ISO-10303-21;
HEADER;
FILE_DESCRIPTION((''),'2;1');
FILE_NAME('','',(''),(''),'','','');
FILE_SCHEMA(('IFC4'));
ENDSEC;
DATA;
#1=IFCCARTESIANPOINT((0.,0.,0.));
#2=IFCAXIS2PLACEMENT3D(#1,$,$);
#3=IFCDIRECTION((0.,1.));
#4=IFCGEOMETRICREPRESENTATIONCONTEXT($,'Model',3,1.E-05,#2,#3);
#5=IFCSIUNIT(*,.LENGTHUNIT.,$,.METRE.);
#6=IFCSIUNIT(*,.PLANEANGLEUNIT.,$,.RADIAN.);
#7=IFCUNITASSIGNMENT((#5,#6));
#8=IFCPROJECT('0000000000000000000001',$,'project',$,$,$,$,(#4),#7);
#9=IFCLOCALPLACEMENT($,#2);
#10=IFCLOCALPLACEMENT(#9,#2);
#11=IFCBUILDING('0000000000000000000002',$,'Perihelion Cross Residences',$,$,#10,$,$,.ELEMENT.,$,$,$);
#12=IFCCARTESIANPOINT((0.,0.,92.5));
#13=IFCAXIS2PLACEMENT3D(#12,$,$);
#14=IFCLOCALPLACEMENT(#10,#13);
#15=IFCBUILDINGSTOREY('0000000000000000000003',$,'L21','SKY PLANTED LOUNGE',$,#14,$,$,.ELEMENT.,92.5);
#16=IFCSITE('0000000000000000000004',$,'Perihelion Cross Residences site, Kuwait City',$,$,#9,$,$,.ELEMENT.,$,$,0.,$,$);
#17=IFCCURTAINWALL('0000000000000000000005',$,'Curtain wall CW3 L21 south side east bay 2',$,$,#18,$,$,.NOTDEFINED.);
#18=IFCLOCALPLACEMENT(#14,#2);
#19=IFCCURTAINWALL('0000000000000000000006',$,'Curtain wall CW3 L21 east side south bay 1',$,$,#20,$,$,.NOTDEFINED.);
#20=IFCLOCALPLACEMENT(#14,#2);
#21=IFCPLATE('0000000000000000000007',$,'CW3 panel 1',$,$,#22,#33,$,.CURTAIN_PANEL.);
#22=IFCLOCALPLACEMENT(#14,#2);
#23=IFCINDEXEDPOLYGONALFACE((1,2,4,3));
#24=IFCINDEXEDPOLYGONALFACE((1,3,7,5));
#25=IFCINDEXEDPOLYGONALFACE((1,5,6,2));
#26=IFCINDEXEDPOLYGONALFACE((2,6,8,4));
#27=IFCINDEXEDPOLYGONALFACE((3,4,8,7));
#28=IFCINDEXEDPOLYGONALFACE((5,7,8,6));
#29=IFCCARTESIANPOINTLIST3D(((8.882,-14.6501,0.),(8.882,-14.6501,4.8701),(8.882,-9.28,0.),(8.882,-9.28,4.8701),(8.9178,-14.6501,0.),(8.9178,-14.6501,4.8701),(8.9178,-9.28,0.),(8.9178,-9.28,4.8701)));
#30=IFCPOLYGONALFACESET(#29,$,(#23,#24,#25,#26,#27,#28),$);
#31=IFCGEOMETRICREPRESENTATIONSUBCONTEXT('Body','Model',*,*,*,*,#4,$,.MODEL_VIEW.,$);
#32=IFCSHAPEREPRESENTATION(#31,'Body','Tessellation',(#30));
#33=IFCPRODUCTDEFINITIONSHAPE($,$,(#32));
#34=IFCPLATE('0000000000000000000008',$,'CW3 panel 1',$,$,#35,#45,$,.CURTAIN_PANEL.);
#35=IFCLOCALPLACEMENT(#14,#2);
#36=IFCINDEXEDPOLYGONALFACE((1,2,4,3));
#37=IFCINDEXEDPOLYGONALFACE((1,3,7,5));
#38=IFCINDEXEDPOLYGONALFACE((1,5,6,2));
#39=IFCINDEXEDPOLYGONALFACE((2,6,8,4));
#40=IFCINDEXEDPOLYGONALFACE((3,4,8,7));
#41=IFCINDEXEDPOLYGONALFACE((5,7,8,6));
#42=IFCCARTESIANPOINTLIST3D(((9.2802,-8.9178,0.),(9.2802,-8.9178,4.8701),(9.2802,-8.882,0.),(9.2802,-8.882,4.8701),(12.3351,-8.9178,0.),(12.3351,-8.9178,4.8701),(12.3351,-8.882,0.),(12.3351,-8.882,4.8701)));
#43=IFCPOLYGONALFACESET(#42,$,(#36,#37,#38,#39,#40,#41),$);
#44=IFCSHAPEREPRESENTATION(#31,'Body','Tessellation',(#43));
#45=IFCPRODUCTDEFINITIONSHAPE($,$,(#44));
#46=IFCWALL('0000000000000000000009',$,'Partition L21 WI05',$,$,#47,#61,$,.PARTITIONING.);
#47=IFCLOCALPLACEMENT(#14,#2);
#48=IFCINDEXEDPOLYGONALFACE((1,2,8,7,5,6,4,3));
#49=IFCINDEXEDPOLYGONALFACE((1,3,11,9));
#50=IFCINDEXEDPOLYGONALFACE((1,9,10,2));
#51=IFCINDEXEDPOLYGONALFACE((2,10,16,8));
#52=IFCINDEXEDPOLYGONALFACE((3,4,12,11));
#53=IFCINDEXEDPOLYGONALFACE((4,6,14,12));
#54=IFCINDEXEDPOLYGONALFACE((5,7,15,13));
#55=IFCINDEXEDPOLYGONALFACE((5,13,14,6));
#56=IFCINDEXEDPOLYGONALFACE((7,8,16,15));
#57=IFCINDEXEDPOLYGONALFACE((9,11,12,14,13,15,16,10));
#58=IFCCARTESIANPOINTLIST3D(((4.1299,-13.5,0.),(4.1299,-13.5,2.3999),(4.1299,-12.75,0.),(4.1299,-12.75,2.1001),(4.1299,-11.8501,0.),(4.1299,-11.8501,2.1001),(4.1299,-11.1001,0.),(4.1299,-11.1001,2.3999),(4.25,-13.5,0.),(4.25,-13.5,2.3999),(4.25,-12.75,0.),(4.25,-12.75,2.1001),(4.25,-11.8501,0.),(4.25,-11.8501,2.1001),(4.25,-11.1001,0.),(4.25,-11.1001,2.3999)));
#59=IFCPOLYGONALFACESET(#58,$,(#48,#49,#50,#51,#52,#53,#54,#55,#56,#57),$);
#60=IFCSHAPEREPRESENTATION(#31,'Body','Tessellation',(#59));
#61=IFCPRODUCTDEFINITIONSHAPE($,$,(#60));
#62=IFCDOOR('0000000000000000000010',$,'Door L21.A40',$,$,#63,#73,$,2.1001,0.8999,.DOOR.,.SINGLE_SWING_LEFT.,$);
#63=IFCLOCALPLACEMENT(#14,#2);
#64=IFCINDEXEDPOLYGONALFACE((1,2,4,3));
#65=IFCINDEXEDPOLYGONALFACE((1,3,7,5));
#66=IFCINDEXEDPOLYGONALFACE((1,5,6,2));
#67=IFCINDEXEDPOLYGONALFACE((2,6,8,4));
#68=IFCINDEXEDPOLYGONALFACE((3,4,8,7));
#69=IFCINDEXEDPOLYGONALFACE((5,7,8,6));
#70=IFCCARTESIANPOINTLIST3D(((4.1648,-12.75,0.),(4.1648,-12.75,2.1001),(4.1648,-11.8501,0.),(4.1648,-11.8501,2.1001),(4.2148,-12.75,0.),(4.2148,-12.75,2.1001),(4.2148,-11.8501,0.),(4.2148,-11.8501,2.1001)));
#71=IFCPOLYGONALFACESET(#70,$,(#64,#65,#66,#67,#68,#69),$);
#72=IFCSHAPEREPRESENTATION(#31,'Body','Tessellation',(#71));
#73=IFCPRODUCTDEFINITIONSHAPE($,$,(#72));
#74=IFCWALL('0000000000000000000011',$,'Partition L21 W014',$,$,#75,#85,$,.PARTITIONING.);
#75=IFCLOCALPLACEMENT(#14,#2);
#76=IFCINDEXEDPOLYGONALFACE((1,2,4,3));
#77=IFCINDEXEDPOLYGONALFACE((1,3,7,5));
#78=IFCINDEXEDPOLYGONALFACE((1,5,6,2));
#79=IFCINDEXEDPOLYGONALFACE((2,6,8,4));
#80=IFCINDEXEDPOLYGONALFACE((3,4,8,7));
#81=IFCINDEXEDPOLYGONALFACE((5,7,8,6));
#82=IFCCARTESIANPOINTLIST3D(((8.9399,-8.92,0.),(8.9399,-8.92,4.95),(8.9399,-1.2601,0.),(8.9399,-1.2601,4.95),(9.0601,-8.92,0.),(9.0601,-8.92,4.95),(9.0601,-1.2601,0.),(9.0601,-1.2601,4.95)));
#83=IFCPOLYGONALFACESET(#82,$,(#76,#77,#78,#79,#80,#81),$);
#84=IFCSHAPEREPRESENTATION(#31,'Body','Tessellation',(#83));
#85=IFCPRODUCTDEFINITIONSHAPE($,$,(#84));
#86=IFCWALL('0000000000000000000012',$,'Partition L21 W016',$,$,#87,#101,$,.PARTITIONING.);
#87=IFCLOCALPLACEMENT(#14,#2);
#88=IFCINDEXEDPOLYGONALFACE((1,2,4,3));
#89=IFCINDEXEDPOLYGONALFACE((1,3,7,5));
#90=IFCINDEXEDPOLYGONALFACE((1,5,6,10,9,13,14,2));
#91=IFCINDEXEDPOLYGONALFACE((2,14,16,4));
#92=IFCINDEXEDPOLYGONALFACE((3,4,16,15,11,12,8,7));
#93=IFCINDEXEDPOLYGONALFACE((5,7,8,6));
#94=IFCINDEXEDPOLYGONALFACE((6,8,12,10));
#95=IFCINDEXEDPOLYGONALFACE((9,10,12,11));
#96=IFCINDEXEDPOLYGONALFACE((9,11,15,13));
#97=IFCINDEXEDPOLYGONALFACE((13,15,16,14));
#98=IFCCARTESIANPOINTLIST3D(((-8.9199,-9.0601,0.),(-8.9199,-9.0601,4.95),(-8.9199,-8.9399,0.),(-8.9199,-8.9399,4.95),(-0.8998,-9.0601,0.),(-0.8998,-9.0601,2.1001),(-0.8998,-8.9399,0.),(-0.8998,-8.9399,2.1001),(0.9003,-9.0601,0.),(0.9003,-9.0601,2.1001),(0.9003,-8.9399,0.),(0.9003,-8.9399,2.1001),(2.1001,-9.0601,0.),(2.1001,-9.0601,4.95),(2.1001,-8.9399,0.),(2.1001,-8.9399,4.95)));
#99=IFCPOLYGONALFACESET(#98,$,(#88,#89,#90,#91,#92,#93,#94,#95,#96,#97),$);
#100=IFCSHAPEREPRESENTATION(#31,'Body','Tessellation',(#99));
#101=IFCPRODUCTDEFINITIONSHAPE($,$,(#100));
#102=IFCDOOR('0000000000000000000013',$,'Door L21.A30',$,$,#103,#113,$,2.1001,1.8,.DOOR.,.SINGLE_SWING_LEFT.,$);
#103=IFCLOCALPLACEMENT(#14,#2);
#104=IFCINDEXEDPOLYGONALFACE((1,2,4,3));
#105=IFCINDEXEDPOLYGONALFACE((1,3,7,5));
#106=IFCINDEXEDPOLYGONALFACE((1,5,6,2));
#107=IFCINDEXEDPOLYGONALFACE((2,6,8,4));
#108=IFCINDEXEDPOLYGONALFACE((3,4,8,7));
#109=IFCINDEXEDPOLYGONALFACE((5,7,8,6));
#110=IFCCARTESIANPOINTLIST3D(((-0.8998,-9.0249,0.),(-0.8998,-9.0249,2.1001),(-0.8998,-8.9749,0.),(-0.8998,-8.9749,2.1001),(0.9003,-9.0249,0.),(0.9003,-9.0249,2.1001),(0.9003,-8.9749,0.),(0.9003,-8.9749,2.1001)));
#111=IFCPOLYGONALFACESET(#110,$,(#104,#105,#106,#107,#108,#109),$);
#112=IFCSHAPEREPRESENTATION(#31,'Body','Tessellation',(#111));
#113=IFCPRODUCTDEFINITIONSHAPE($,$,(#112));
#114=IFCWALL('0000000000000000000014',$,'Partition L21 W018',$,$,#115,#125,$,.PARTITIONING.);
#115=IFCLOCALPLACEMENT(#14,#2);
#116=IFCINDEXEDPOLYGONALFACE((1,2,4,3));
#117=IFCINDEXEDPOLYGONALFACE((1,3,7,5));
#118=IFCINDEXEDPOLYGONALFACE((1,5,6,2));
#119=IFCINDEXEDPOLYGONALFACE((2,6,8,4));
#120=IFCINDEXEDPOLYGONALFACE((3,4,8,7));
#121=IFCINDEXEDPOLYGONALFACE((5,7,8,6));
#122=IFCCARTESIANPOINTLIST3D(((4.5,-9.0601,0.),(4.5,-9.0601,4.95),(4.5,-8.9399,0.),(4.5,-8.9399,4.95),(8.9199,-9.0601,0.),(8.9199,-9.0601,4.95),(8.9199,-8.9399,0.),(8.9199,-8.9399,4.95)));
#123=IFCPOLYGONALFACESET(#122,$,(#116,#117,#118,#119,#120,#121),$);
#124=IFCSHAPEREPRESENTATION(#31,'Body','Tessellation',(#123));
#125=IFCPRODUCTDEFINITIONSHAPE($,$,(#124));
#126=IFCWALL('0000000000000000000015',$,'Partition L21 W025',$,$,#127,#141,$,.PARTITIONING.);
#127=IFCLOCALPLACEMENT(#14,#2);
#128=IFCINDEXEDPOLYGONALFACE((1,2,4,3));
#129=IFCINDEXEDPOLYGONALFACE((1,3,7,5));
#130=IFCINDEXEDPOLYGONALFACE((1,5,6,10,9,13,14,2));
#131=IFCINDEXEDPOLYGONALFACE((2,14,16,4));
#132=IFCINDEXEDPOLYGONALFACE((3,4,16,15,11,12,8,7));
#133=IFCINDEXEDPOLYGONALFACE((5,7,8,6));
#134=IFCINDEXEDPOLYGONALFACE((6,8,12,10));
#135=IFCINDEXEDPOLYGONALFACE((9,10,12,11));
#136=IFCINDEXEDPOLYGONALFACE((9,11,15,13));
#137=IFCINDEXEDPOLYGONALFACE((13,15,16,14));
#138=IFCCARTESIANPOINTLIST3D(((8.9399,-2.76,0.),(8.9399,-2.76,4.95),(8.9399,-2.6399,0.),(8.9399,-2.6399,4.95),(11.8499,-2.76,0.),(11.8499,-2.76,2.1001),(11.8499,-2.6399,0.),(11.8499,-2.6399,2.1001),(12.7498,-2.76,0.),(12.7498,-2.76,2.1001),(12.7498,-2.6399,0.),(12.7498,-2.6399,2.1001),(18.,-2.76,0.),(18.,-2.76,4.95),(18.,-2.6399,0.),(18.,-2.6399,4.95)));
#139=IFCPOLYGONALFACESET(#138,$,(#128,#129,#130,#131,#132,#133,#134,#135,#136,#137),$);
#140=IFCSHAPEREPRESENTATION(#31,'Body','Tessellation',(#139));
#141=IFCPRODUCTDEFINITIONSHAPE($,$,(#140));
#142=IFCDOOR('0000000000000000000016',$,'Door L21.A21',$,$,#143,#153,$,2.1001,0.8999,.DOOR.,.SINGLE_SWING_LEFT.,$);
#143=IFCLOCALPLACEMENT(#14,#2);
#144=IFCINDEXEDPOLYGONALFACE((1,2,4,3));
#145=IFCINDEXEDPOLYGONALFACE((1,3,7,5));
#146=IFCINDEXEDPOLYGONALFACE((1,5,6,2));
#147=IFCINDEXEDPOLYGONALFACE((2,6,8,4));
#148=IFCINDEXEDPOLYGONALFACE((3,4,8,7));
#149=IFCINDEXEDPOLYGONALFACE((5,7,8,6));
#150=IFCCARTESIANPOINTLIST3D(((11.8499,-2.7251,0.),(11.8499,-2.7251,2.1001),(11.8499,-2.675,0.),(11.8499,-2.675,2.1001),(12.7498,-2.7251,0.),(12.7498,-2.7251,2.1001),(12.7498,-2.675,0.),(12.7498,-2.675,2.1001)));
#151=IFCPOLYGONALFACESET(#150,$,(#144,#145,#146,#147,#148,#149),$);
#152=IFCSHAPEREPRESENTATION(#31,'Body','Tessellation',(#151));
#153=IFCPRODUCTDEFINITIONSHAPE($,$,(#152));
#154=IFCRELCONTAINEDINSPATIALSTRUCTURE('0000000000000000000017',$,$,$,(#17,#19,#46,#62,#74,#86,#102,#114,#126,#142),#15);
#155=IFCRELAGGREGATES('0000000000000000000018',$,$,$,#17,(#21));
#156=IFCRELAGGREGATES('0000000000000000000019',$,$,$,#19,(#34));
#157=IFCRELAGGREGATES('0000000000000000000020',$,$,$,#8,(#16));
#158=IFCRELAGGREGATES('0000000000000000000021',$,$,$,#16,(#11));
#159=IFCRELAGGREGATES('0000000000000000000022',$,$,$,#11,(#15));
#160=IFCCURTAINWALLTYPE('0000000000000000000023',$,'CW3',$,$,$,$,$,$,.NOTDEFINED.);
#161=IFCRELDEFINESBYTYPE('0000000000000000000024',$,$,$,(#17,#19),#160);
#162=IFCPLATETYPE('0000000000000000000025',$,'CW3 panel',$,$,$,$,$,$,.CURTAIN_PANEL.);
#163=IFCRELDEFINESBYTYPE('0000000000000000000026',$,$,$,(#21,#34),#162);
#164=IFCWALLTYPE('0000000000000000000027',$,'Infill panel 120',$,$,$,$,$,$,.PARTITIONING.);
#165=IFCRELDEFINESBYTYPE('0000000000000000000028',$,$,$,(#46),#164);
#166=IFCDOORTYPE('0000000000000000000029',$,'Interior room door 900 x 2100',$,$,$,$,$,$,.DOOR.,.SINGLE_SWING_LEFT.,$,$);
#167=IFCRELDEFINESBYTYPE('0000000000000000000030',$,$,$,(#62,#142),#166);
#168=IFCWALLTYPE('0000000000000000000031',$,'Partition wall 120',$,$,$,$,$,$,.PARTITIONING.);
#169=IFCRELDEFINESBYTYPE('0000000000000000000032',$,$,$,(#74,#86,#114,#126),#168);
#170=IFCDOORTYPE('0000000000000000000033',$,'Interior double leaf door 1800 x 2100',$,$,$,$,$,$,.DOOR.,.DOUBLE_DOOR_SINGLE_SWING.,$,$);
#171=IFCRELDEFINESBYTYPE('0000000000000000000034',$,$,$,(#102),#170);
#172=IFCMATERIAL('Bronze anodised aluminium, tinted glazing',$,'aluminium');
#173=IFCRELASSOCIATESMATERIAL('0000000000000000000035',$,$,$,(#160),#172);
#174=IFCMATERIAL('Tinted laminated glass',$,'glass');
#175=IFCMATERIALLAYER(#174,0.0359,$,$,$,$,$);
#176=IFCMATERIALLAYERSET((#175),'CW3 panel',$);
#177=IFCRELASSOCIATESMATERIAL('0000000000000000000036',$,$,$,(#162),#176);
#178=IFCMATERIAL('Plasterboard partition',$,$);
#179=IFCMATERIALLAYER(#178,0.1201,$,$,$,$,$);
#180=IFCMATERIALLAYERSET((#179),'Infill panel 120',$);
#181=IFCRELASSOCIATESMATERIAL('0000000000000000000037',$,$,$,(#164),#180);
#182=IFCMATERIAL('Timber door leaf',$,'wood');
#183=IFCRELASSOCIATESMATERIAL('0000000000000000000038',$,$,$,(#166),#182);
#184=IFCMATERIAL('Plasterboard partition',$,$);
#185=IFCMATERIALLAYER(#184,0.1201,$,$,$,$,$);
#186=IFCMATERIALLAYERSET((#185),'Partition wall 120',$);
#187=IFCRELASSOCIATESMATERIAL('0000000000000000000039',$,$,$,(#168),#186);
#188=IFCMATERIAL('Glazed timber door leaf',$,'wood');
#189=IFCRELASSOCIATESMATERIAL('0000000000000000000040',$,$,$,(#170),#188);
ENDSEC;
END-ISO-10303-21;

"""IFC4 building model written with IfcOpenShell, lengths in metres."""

from ifc_helpers import new_model, si_unit, direction, frame, frame_2d, origin, origin_2d, place, context, subcontext, project, spatial, rectangle, extrude, material, layer, layer_set, type_object, element, fill, aggregate, save


model = new_model("IFC4")

# Units and contexts
model_context = context("Model", 3, precision=1e-05, world=origin(), true_north=direction((0.0, 1.0)))
body_context = subcontext(model_context, "Body", "Model", "MODEL_VIEW")
ifc_project = project(units=[si_unit("LENGTHUNIT", "METRE"), si_unit("PLANEANGLEUNIT", "RADIAN")], contexts=[model_context])

# Site, building, storey
site_placement = place(None, origin())
site = spatial("IfcSite", under=ifc_project, at=site_placement, Name="Perihelion Cross Residences site, Kuwait City", CompositionType="ELEMENT", RefElevation=0.0)
building_placement = place(site_placement, origin())
building = spatial("IfcBuilding", under=site, at=building_placement, Name="Perihelion Cross Residences", CompositionType="ELEMENT")
storey_placement = place(building_placement, frame((0.0, 0.0, 92.5)))
storey = spatial("IfcBuildingStorey", under=building, at=storey_placement, Name="L21", Description="SKY PLANTED LOUNGE", CompositionType="ELEMENT", Elevation=92.5)

# Curtain wall
ifc_material_1 = material(Name="Bronze anodised aluminium, tinted glazing", Category="aluminium")
curtain_wall_type = type_object("IfcCurtainWallType", Name="CW3", PredefinedType="NOTDEFINED", material=ifc_material_1)
curtain_wall_1_placement = place(storey_placement, origin())
curtain_wall_1 = element("IfcCurtainWall", 1, at=curtain_wall_1_placement, inside=storey, type_object=curtain_wall_type, Name="Curtain wall CW3 L21 south side east bay 2", PredefinedType="NOTDEFINED")

# Curtain wall
curtain_wall_2_placement = place(storey_placement, origin())
curtain_wall_2 = element("IfcCurtainWall", 2, at=curtain_wall_2_placement, inside=storey, type_object=curtain_wall_type, Name="Curtain wall CW3 L21 east side south bay 1", PredefinedType="NOTDEFINED")

# Plates
ifc_material_2 = material(Name="Tinted laminated glass", Category="glass")
ifc_layer_1 = layer(ifc_material_2, 0.0359)
ifc_layer_set_1 = layer_set([ifc_layer_1], Name="CW3 panel")
plate_type = type_object("IfcPlateType", Name="CW3 panel", PredefinedType="CURTAIN_PANEL", material=ifc_layer_set_1)
plate_1_placement = place(storey_placement, frame((8.8999, -11.9651, 0.0), z_axis=(0.0, 0.0, 1.0), x_axis=(0.0, 1.0, 0.0)))
plate_1 = element("IfcPlate", 3, at=plate_1_placement, type_object=plate_type, Name="CW3 panel 1", PredefinedType="CURTAIN_PANEL", context=body_context, shape_type="SweptSolid", body=[
    extrude(rectangle(XDim=5.3701, YDim=0.0359, at=origin_2d()), origin(), (0.0, 0.0, 1.0), 4.8701),
])
aggregate(curtain_wall_1, [plate_1])
plate_2_placement = place(storey_placement, frame((10.8076, -8.8999, 0.0), z_axis=(0.0, 0.0, 1.0), x_axis=(1.0, 0.0, 0.0)))
plate_2 = element("IfcPlate", 4, at=plate_2_placement, type_object=plate_type, Name="CW3 panel 1", PredefinedType="CURTAIN_PANEL", context=body_context, shape_type="SweptSolid", body=[
    extrude(rectangle(XDim=3.0549, YDim=0.0359, at=origin_2d()), origin(), (0.0, 0.0, 1.0), 4.8701),
])
aggregate(curtain_wall_2, [plate_2])

# Wall, opening, door
ifc_material_3 = material(Name="Plasterboard partition")
ifc_layer_2 = layer(ifc_material_3, 0.1201)
ifc_layer_set_2 = layer_set([ifc_layer_2], Name="Infill panel 120")
wall_type_1 = type_object("IfcWallType", Name="Infill panel 120", PredefinedType="PARTITIONING", material=ifc_layer_set_2)
wall_1_placement = place(storey_placement, frame((4.1899, -11.1001, 0.0), z_axis=(0.0, 0.0, 1.0), x_axis=(0.0, -1.0, 0.0)))
wall_1 = element("IfcWall", 5, at=wall_1_placement, inside=storey, type_object=wall_type_1, Name="Partition L21 WI05", PredefinedType="PARTITIONING", context=body_context, shape_type="SweptSolid", body=[
    extrude(rectangle(XDim=2.3999, YDim=0.1201, at=frame_2d((1.2, 0.0))), origin(), (0.0, 0.0, 1.0), 2.3999),
])
opening_1_placement = place(wall_1_placement, frame((0.75, 0.0, 0.0)))
opening_1 = element("IfcOpeningElement", 6, at=opening_1_placement, cuts=wall_1, PredefinedType="OPENING", context=body_context, shape_type="SweptSolid", body=[
    extrude(rectangle(XDim=0.8999, YDim=2.1001, at=frame_2d((0.45, 1.05))), frame((0.0, 0.0701, 0.0), z_axis=(0.0, -1.0, 0.0), x_axis=(1.0, 0.0, 0.0)), (0.0, 0.0, 1.0), 0.1401),
])
ifc_material_4 = material(Name="Timber door leaf", Category="wood")
door_type_1 = type_object("IfcDoorType", Name="Interior room door 900 x 2100", OperationType="SINGLE_SWING_LEFT", PredefinedType="DOOR", material=ifc_material_4)
door_1_placement = place(opening_1_placement, origin())
door_1 = element("IfcDoor", 7, at=door_1_placement, inside=storey, type_object=door_type_1, Name="Door L21.A40", OperationType="SINGLE_SWING_LEFT", OverallHeight=2.1001, OverallWidth=0.8999, PredefinedType="DOOR", context=body_context, shape_type="SweptSolid", body=[
    extrude(rectangle(XDim=0.8999, YDim=2.1001, at=frame_2d((0.45, 1.05))), frame((0.0, 0.0249, 0.0), z_axis=(0.0, -1.0, 0.0), x_axis=(1.0, 0.0, 0.0)), (0.0, 0.0, 1.0), 0.05),
])
fill(opening_1, door_1)

# Wall
ifc_material_5 = material(Name="Plasterboard partition")
ifc_layer_3 = layer(ifc_material_5, 0.1201)
ifc_layer_set_3 = layer_set([ifc_layer_3], Name="Partition wall 120")
wall_type_2 = type_object("IfcWallType", Name="Partition wall 120", PredefinedType="PARTITIONING", material=ifc_layer_set_3)
wall_2_placement = place(storey_placement, frame((9.0, -1.26, 0.0), z_axis=(0.0, 0.0, 1.0), x_axis=(0.0, -1.0, 0.0)))
element("IfcWall", 8, at=wall_2_placement, inside=storey, type_object=wall_type_2, Name="Partition L21 W014", PredefinedType="PARTITIONING", context=body_context, shape_type="SweptSolid", body=[
    extrude(rectangle(XDim=7.6599, YDim=0.1201, at=frame_2d((3.8301, 0.0))), origin(), (0.0, 0.0, 1.0), 4.95),
])

# Wall, opening, door
wall_3_placement = place(storey_placement, frame((2.1001, -9.0, 0.0), z_axis=(0.0, 0.0, 1.0), x_axis=(-1.0, 0.0, 0.0)))
wall_3 = element("IfcWall", 9, at=wall_3_placement, inside=storey, type_object=wall_type_2, Name="Partition L21 W016", PredefinedType="PARTITIONING", context=body_context, shape_type="SweptSolid", body=[
    extrude(rectangle(XDim=11.02, YDim=0.1201, at=frame_2d((5.51, 0.0))), origin(), (0.0, 0.0, 1.0), 4.95),
])
opening_2_placement = place(wall_3_placement, frame((1.2, 0.0, 0.0)))
opening_2 = element("IfcOpeningElement", 10, at=opening_2_placement, cuts=wall_3, PredefinedType="OPENING", context=body_context, shape_type="SweptSolid", body=[
    extrude(rectangle(XDim=1.8, YDim=2.1001, at=frame_2d((0.8999, 1.05))), frame((0.0, 0.0701, 0.0), z_axis=(0.0, -1.0, 0.0), x_axis=(1.0, 0.0, 0.0)), (0.0, 0.0, 1.0), 0.1401),
])
ifc_material_6 = material(Name="Glazed timber door leaf", Category="wood")
door_type_2 = type_object("IfcDoorType", Name="Interior double leaf door 1800 x 2100", OperationType="DOUBLE_DOOR_SINGLE_SWING", PredefinedType="DOOR", material=ifc_material_6)
door_2_placement = place(opening_2_placement, origin())
door_2 = element("IfcDoor", 11, at=door_2_placement, inside=storey, type_object=door_type_2, Name="Door L21.A30", OperationType="SINGLE_SWING_LEFT", OverallHeight=2.1001, OverallWidth=1.8, PredefinedType="DOOR", context=body_context, shape_type="SweptSolid", body=[
    extrude(rectangle(XDim=1.8, YDim=2.1001, at=frame_2d((0.8999, 1.05))), frame((0.0, 0.0249, 0.0), z_axis=(0.0, -1.0, 0.0), x_axis=(1.0, 0.0, 0.0)), (0.0, 0.0, 1.0), 0.05),
])
fill(opening_2, door_2)

# Wall
wall_4_placement = place(storey_placement, frame((8.9199, -9.0, 0.0), z_axis=(0.0, 0.0, 1.0), x_axis=(-1.0, 0.0, 0.0)))
element("IfcWall", 12, at=wall_4_placement, inside=storey, type_object=wall_type_2, Name="Partition L21 W018", PredefinedType="PARTITIONING", context=body_context, shape_type="SweptSolid", body=[
    extrude(rectangle(XDim=4.4199, YDim=0.1201, at=frame_2d((2.21, 0.0))), origin(), (0.0, 0.0, 1.0), 4.95),
])

# Wall, opening, door
wall_5_placement = place(storey_placement, frame((8.9399, -2.7, 0.0), z_axis=(0.0, 0.0, 1.0), x_axis=(1.0, 0.0, 0.0)))
wall_5 = element("IfcWall", 13, at=wall_5_placement, inside=storey, type_object=wall_type_2, Name="Partition L21 W025", PredefinedType="PARTITIONING", context=body_context, shape_type="SweptSolid", body=[
    extrude(rectangle(XDim=9.0601, YDim=0.1201, at=frame_2d((4.53, 0.0))), origin(), (0.0, 0.0, 1.0), 4.95),
])
opening_3_placement = place(wall_5_placement, frame((2.9099, 0.0, 0.0)))
opening_3 = element("IfcOpeningElement", 14, at=opening_3_placement, cuts=wall_5, PredefinedType="OPENING", context=body_context, shape_type="SweptSolid", body=[
    extrude(rectangle(XDim=0.8999, YDim=2.1001, at=frame_2d((0.45, 1.05))), frame((0.0, 0.0701, 0.0), z_axis=(0.0, -1.0, 0.0), x_axis=(1.0, 0.0, 0.0)), (0.0, 0.0, 1.0), 0.1401),
])
door_3_placement = place(opening_3_placement, origin())
door_3 = element("IfcDoor", 15, at=door_3_placement, inside=storey, type_object=door_type_1, Name="Door L21.A21", OperationType="SINGLE_SWING_LEFT", OverallHeight=2.1001, OverallWidth=0.8999, PredefinedType="DOOR", context=body_context, shape_type="SweptSolid", body=[
    extrude(rectangle(XDim=0.8999, YDim=2.1001, at=frame_2d((0.45, 1.05))), frame((0.0, 0.0249, 0.0), z_axis=(0.0, -1.0, 0.0), x_axis=(1.0, 0.0, 0.0)), (0.0, 0.0, 1.0), 0.05),
])
fill(opening_3, door_3)

save(model, "model.ifc")
